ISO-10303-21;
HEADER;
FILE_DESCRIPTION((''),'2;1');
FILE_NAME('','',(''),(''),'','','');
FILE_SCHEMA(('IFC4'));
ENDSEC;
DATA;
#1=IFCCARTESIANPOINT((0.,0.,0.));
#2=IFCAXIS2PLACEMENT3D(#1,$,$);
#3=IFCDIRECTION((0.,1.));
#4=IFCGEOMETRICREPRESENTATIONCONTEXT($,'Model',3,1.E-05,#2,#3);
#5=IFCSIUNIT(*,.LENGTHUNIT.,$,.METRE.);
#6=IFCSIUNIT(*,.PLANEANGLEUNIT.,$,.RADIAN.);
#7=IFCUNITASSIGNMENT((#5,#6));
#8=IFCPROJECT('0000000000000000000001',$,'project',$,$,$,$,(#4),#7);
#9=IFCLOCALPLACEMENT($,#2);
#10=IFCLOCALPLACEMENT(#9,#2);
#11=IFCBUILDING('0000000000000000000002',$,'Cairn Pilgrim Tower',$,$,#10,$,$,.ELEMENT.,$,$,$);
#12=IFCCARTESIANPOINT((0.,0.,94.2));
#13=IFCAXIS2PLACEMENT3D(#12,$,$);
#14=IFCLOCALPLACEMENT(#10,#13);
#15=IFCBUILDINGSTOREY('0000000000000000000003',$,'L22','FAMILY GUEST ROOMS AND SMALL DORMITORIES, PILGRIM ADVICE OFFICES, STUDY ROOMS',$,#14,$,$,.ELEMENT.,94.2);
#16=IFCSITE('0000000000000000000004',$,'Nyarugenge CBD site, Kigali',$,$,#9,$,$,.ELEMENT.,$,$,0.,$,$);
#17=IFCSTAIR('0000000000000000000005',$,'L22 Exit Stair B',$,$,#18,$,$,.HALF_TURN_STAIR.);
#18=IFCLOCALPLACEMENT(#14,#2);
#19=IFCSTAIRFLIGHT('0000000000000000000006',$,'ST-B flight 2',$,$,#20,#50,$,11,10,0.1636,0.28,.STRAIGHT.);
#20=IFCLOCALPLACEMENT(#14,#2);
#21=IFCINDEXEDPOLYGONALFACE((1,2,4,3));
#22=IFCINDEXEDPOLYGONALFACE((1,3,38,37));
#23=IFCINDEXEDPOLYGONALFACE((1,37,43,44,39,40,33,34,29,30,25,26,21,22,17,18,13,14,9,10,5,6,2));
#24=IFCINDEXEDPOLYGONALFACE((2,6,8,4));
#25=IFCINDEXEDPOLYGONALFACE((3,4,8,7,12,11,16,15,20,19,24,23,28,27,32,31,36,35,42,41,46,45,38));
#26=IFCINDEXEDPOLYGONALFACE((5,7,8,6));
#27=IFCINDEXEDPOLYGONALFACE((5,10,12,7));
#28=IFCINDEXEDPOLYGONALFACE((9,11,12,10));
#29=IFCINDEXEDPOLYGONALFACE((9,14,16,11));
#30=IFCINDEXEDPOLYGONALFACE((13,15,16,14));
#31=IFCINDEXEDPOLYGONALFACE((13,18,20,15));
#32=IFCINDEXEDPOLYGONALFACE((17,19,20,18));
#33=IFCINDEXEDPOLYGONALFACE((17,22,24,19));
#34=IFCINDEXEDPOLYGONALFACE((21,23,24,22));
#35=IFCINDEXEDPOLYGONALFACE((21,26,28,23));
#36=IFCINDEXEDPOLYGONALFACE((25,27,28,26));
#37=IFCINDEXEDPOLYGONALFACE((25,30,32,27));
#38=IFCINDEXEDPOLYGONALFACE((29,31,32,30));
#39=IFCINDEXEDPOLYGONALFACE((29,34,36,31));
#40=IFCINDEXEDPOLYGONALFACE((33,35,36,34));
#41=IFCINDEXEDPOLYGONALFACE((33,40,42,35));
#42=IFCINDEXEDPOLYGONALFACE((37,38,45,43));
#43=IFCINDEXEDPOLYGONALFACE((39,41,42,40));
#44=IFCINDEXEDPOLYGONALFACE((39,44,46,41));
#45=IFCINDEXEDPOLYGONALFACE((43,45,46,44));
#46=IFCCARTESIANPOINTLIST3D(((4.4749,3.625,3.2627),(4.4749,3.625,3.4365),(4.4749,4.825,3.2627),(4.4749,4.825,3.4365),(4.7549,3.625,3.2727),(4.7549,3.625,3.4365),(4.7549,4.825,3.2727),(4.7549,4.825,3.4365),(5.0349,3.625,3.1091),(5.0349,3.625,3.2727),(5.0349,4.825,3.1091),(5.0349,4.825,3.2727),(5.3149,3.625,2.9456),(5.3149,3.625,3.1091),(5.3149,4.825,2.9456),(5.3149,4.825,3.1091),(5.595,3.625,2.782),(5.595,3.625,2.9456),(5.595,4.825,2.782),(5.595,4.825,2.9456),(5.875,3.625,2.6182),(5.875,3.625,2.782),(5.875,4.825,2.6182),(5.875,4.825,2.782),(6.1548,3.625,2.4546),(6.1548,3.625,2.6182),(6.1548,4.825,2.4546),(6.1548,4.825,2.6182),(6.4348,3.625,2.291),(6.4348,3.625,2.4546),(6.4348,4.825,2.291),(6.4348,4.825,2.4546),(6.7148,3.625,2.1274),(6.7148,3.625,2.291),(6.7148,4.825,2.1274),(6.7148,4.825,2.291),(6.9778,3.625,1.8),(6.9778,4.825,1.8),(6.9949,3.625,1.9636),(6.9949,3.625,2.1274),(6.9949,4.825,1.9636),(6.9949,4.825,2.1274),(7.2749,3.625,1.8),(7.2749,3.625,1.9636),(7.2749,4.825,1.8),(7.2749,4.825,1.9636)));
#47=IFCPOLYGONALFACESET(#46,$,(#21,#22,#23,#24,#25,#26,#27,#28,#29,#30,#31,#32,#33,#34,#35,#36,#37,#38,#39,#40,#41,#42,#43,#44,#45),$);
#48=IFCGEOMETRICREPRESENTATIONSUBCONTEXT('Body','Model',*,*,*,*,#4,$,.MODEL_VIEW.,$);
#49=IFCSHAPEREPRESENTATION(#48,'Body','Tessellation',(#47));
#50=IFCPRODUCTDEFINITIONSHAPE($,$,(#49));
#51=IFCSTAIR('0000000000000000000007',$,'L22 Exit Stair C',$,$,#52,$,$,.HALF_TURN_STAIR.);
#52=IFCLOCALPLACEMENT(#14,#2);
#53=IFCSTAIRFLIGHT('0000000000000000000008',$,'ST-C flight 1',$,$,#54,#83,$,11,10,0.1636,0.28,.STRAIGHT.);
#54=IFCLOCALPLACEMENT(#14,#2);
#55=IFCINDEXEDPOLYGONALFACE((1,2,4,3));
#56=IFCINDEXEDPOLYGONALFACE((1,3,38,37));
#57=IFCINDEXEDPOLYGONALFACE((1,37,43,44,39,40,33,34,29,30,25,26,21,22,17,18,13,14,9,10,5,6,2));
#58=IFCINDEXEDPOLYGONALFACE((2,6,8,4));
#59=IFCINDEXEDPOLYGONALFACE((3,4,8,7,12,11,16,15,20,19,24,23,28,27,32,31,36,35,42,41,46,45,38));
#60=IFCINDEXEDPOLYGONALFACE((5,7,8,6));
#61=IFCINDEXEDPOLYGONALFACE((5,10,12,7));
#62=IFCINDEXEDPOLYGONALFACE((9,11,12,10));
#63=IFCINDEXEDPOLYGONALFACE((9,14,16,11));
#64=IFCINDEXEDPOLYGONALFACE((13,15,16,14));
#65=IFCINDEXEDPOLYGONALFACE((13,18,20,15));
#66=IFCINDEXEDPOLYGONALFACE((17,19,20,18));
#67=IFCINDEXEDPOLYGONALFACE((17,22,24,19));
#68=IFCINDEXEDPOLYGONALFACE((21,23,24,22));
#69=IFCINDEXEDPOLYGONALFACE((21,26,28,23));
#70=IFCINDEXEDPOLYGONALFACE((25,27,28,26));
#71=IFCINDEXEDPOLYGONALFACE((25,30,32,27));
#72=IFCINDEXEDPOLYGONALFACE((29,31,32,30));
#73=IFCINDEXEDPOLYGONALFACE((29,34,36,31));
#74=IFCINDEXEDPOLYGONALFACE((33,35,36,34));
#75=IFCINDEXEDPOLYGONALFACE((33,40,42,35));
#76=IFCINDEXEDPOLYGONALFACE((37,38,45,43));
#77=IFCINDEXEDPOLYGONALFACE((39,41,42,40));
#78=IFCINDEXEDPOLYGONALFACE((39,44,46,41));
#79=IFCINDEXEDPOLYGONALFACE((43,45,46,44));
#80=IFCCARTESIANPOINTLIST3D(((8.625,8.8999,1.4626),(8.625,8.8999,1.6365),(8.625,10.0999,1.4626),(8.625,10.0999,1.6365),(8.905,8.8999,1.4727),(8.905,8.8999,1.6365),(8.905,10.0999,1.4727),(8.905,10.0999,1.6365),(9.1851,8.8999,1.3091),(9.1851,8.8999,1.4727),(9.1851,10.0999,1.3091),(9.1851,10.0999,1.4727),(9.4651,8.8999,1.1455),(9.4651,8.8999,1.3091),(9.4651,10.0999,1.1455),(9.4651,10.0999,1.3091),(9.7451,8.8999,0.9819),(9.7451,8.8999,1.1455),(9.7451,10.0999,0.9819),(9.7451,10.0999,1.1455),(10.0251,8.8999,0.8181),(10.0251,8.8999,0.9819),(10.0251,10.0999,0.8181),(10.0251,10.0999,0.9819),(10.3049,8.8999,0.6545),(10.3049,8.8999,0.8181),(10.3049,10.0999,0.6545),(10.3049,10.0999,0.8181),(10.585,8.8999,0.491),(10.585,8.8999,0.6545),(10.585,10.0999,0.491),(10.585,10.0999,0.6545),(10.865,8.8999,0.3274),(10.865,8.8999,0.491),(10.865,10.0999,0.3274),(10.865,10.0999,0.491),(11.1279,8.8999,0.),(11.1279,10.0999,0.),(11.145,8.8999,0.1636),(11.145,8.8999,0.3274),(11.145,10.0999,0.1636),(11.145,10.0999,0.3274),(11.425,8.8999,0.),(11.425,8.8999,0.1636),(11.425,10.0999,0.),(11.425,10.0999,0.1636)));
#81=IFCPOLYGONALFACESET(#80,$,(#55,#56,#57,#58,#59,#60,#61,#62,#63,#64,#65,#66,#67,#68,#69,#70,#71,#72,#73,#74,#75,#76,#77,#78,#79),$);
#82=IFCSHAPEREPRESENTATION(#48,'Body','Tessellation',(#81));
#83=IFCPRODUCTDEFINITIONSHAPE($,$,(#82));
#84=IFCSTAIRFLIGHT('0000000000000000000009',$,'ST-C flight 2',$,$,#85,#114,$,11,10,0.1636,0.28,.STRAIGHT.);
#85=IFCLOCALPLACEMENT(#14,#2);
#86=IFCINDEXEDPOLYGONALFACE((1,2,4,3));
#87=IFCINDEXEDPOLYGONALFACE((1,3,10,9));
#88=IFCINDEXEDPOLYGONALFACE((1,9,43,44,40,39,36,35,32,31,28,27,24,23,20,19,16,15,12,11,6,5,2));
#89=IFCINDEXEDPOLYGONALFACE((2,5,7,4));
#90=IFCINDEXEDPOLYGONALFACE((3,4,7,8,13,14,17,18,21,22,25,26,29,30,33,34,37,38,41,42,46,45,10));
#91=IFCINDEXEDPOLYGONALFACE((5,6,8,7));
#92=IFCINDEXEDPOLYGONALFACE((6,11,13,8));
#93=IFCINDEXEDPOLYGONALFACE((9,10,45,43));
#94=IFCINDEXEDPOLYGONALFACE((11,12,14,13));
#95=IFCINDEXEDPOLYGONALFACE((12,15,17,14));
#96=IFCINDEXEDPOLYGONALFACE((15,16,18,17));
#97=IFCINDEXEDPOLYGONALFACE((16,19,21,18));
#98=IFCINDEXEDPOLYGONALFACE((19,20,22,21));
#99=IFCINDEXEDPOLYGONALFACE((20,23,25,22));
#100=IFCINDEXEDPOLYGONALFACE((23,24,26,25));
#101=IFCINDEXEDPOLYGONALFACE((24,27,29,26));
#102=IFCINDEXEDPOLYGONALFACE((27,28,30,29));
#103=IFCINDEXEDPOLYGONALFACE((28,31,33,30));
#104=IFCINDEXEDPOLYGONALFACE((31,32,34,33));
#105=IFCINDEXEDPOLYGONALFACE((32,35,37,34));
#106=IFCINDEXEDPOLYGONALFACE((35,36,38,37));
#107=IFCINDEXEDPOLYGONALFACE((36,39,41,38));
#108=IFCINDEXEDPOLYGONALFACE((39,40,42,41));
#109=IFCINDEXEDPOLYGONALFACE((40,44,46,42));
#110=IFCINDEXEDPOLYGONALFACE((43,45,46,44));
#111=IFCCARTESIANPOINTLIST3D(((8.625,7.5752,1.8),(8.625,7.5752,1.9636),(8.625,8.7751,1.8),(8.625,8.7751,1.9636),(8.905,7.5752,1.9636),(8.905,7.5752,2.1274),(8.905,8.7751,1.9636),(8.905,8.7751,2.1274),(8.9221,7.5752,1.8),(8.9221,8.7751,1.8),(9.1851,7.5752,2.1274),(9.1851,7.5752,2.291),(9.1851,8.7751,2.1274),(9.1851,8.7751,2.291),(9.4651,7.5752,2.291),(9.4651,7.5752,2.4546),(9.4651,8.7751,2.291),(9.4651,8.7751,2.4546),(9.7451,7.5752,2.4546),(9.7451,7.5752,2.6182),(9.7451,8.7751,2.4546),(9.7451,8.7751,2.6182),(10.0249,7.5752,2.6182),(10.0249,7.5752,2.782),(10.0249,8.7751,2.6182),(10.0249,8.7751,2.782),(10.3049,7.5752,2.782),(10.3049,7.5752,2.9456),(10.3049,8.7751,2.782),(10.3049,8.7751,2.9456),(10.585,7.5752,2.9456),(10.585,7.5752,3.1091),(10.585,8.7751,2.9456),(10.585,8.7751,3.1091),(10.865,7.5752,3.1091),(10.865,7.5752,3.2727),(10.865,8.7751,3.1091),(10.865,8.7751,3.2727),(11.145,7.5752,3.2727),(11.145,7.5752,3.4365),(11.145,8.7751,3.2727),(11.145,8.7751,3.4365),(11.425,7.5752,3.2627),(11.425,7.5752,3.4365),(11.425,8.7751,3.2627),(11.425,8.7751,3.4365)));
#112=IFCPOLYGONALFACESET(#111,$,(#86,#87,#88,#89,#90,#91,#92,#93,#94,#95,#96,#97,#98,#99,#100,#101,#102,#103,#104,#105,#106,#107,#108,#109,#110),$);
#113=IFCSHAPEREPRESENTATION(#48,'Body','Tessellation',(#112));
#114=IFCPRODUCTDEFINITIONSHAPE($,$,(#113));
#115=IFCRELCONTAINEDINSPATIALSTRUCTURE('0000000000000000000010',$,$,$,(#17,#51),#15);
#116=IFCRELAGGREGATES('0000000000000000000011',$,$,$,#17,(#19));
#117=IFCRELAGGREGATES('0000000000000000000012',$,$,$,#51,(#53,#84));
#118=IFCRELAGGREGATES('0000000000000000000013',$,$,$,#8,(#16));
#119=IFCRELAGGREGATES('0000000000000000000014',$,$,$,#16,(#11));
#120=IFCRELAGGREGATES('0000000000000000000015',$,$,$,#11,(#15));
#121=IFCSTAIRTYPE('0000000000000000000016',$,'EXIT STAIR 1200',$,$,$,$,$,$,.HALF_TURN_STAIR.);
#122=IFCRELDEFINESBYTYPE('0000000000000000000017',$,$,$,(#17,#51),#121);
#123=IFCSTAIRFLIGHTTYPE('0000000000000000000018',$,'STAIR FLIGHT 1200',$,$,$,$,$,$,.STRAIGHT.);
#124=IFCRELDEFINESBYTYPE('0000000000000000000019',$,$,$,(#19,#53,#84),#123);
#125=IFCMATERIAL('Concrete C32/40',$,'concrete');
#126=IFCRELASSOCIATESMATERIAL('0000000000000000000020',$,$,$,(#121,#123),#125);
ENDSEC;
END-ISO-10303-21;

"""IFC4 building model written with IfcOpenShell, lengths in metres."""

from ifc_helpers import new_model, si_unit, direction, frame, origin, place, context, subcontext, project, spatial, polyline, outline, extrude, material, type_object, element, aggregate, save


model = new_model("IFC4")

# Units and contexts
model_context = context("Model", 3, precision=1e-05, world=origin(), true_north=direction((0.0, 1.0)))
body_context = subcontext(model_context, "Body", "Model", "MODEL_VIEW")
ifc_project = project(units=[si_unit("LENGTHUNIT", "METRE"), si_unit("PLANEANGLEUNIT", "RADIAN")], contexts=[model_context])

# Site, building, storey
site_placement = place(None, origin())
site = spatial("IfcSite", under=ifc_project, at=site_placement, Name="Nyarugenge CBD site, Kigali", CompositionType="ELEMENT", RefElevation=0.0)
building_placement = place(site_placement, origin())
building = spatial("IfcBuilding", under=site, at=building_placement, Name="Cairn Pilgrim Tower", CompositionType="ELEMENT")
storey_placement = place(building_placement, frame((0.0, 0.0, 94.2)))
storey = spatial("IfcBuildingStorey", under=building, at=storey_placement, Name="L22", Description="FAMILY GUEST ROOMS AND SMALL DORMITORIES, PILGRIM ADVICE OFFICES, STUDY ROOMS", CompositionType="ELEMENT", Elevation=94.2)

# Shared definitions
ifc_material_1 = material(Name="Concrete C32/40", Category="concrete")

# Stairs, stair flights
stair_type = type_object("IfcStairType", Name="EXIT STAIR 1200", PredefinedType="HALF_TURN_STAIR", material=ifc_material_1)
stair_1_placement = place(storey_placement, origin())
stair_1 = element("IfcStair", 1, at=stair_1_placement, inside=storey, type_object=stair_type, Name="L22 Exit Stair B", PredefinedType="HALF_TURN_STAIR")
stair_flight_type = type_object("IfcStairFlightType", Name="STAIR FLIGHT 1200", PredefinedType="STRAIGHT", material=ifc_material_1)
stair_flight_1_placement = place(storey_placement, frame((7.2749, 4.2251, 1.8), z_axis=(0.0, 0.0, 1.0), x_axis=(-1.0, 0.0, 0.0)))
stair_flight_1 = element("IfcStairFlight", 2, at=stair_flight_1_placement, type_object=stair_flight_type, Name="ST-B flight 2", NumberOfRisers=11, NumberOfTreads=10, PredefinedType="STRAIGHT", RiserHeight=0.1636, TreadLength=0.28, context=body_context, shape_type="SweptSolid", body=[
    extrude(outline(polyline([(0.0, 0.0), (0.0, 0.1636), (0.28, 0.1636), (0.28, 0.3274), (0.5601, 0.3274), (0.5601, 0.491), (0.8401, 0.491), (0.8401, 0.6545), (1.1201, 0.6545), (1.1201, 0.8181), (1.3999, 0.8181), (1.3999, 0.9819), (1.6799, 0.9819), (1.6799, 1.1455), (1.96, 1.1455), (1.96, 1.3091), (2.24, 1.3091), (2.24, 1.4727), (2.52, 1.4727), (2.52, 1.6365), (2.8, 1.6365), (2.8, 1.8), (2.8, 1.4626), (0.2971, 0.0), (0.0, 0.0)])), frame((0.0, 0.6001, 0.0), z_axis=(0.0, -1.0, 0.0), x_axis=(1.0, 0.0, 0.0)), (0.0, 0.0, 1.0), 1.2),
])
aggregate(stair_1, [stair_flight_1])
stair_2_placement = place(storey_placement, origin())
stair_2 = element("IfcStair", 3, at=stair_2_placement, inside=storey, type_object=stair_type, Name="L22 Exit Stair C", PredefinedType="HALF_TURN_STAIR")
stair_flight_2_placement = place(storey_placement, frame((11.425, 9.5, 0.0), z_axis=(0.0, 0.0, 1.0), x_axis=(-1.0, 0.0, 0.0)))
stair_flight_2 = element("IfcStairFlight", 4, at=stair_flight_2_placement, type_object=stair_flight_type, Name="ST-C flight 1", NumberOfRisers=11, NumberOfTreads=10, PredefinedType="STRAIGHT", RiserHeight=0.1636, TreadLength=0.28, context=body_context, shape_type="SweptSolid", body=[
    extrude(outline(polyline([(0.0, 0.0), (0.0, 0.1636), (0.28, 0.1636), (0.28, 0.3274), (0.5601, 0.3274), (0.5601, 0.491), (0.8401, 0.491), (0.8401, 0.6545), (1.1201, 0.6545), (1.1201, 0.8181), (1.3999, 0.8181), (1.3999, 0.9819), (1.6799, 0.9819), (1.6799, 1.1455), (1.96, 1.1455), (1.96, 1.3091), (2.24, 1.3091), (2.24, 1.4727), (2.52, 1.4727), (2.52, 1.6365), (2.8, 1.6365), (2.8, 1.8), (2.8, 1.4626), (0.2971, 0.0), (0.0, 0.0)])), frame((0.0, 0.6001, 0.0), z_axis=(0.0, -1.0, 0.0), x_axis=(1.0, 0.0, 0.0)), (0.0, 0.0, 1.0), 1.2),
])
stair_flight_3_placement = place(storey_placement, frame((8.625, 8.175, 1.8), z_axis=(0.0, 0.0, 1.0), x_axis=(1.0, 0.0, 0.0)))
stair_flight_3 = element("IfcStairFlight", 5, at=stair_flight_3_placement, type_object=stair_flight_type, Name="ST-C flight 2", NumberOfRisers=11, NumberOfTreads=10, PredefinedType="STRAIGHT", RiserHeight=0.1636, TreadLength=0.28, context=body_context, shape_type="SweptSolid", body=[
    extrude(outline(polyline([(0.0, 0.0), (0.0, 0.1636), (0.28, 0.1636), (0.28, 0.3274), (0.5601, 0.3274), (0.5601, 0.491), (0.8401, 0.491), (0.8401, 0.6545), (1.1201, 0.6545), (1.1201, 0.8181), (1.3999, 0.8181), (1.3999, 0.9819), (1.6799, 0.9819), (1.6799, 1.1455), (1.96, 1.1455), (1.96, 1.3091), (2.24, 1.3091), (2.24, 1.4727), (2.52, 1.4727), (2.52, 1.6365), (2.8, 1.6365), (2.8, 1.8), (2.8, 1.4626), (0.2971, 0.0), (0.0, 0.0)])), frame((0.0, 0.6001, 0.0), z_axis=(0.0, -1.0, 0.0), x_axis=(1.0, 0.0, 0.0)), (0.0, 0.0, 1.0), 1.2),
])
aggregate(stair_2, [stair_flight_2, stair_flight_3])

save(model, "model.ifc")
